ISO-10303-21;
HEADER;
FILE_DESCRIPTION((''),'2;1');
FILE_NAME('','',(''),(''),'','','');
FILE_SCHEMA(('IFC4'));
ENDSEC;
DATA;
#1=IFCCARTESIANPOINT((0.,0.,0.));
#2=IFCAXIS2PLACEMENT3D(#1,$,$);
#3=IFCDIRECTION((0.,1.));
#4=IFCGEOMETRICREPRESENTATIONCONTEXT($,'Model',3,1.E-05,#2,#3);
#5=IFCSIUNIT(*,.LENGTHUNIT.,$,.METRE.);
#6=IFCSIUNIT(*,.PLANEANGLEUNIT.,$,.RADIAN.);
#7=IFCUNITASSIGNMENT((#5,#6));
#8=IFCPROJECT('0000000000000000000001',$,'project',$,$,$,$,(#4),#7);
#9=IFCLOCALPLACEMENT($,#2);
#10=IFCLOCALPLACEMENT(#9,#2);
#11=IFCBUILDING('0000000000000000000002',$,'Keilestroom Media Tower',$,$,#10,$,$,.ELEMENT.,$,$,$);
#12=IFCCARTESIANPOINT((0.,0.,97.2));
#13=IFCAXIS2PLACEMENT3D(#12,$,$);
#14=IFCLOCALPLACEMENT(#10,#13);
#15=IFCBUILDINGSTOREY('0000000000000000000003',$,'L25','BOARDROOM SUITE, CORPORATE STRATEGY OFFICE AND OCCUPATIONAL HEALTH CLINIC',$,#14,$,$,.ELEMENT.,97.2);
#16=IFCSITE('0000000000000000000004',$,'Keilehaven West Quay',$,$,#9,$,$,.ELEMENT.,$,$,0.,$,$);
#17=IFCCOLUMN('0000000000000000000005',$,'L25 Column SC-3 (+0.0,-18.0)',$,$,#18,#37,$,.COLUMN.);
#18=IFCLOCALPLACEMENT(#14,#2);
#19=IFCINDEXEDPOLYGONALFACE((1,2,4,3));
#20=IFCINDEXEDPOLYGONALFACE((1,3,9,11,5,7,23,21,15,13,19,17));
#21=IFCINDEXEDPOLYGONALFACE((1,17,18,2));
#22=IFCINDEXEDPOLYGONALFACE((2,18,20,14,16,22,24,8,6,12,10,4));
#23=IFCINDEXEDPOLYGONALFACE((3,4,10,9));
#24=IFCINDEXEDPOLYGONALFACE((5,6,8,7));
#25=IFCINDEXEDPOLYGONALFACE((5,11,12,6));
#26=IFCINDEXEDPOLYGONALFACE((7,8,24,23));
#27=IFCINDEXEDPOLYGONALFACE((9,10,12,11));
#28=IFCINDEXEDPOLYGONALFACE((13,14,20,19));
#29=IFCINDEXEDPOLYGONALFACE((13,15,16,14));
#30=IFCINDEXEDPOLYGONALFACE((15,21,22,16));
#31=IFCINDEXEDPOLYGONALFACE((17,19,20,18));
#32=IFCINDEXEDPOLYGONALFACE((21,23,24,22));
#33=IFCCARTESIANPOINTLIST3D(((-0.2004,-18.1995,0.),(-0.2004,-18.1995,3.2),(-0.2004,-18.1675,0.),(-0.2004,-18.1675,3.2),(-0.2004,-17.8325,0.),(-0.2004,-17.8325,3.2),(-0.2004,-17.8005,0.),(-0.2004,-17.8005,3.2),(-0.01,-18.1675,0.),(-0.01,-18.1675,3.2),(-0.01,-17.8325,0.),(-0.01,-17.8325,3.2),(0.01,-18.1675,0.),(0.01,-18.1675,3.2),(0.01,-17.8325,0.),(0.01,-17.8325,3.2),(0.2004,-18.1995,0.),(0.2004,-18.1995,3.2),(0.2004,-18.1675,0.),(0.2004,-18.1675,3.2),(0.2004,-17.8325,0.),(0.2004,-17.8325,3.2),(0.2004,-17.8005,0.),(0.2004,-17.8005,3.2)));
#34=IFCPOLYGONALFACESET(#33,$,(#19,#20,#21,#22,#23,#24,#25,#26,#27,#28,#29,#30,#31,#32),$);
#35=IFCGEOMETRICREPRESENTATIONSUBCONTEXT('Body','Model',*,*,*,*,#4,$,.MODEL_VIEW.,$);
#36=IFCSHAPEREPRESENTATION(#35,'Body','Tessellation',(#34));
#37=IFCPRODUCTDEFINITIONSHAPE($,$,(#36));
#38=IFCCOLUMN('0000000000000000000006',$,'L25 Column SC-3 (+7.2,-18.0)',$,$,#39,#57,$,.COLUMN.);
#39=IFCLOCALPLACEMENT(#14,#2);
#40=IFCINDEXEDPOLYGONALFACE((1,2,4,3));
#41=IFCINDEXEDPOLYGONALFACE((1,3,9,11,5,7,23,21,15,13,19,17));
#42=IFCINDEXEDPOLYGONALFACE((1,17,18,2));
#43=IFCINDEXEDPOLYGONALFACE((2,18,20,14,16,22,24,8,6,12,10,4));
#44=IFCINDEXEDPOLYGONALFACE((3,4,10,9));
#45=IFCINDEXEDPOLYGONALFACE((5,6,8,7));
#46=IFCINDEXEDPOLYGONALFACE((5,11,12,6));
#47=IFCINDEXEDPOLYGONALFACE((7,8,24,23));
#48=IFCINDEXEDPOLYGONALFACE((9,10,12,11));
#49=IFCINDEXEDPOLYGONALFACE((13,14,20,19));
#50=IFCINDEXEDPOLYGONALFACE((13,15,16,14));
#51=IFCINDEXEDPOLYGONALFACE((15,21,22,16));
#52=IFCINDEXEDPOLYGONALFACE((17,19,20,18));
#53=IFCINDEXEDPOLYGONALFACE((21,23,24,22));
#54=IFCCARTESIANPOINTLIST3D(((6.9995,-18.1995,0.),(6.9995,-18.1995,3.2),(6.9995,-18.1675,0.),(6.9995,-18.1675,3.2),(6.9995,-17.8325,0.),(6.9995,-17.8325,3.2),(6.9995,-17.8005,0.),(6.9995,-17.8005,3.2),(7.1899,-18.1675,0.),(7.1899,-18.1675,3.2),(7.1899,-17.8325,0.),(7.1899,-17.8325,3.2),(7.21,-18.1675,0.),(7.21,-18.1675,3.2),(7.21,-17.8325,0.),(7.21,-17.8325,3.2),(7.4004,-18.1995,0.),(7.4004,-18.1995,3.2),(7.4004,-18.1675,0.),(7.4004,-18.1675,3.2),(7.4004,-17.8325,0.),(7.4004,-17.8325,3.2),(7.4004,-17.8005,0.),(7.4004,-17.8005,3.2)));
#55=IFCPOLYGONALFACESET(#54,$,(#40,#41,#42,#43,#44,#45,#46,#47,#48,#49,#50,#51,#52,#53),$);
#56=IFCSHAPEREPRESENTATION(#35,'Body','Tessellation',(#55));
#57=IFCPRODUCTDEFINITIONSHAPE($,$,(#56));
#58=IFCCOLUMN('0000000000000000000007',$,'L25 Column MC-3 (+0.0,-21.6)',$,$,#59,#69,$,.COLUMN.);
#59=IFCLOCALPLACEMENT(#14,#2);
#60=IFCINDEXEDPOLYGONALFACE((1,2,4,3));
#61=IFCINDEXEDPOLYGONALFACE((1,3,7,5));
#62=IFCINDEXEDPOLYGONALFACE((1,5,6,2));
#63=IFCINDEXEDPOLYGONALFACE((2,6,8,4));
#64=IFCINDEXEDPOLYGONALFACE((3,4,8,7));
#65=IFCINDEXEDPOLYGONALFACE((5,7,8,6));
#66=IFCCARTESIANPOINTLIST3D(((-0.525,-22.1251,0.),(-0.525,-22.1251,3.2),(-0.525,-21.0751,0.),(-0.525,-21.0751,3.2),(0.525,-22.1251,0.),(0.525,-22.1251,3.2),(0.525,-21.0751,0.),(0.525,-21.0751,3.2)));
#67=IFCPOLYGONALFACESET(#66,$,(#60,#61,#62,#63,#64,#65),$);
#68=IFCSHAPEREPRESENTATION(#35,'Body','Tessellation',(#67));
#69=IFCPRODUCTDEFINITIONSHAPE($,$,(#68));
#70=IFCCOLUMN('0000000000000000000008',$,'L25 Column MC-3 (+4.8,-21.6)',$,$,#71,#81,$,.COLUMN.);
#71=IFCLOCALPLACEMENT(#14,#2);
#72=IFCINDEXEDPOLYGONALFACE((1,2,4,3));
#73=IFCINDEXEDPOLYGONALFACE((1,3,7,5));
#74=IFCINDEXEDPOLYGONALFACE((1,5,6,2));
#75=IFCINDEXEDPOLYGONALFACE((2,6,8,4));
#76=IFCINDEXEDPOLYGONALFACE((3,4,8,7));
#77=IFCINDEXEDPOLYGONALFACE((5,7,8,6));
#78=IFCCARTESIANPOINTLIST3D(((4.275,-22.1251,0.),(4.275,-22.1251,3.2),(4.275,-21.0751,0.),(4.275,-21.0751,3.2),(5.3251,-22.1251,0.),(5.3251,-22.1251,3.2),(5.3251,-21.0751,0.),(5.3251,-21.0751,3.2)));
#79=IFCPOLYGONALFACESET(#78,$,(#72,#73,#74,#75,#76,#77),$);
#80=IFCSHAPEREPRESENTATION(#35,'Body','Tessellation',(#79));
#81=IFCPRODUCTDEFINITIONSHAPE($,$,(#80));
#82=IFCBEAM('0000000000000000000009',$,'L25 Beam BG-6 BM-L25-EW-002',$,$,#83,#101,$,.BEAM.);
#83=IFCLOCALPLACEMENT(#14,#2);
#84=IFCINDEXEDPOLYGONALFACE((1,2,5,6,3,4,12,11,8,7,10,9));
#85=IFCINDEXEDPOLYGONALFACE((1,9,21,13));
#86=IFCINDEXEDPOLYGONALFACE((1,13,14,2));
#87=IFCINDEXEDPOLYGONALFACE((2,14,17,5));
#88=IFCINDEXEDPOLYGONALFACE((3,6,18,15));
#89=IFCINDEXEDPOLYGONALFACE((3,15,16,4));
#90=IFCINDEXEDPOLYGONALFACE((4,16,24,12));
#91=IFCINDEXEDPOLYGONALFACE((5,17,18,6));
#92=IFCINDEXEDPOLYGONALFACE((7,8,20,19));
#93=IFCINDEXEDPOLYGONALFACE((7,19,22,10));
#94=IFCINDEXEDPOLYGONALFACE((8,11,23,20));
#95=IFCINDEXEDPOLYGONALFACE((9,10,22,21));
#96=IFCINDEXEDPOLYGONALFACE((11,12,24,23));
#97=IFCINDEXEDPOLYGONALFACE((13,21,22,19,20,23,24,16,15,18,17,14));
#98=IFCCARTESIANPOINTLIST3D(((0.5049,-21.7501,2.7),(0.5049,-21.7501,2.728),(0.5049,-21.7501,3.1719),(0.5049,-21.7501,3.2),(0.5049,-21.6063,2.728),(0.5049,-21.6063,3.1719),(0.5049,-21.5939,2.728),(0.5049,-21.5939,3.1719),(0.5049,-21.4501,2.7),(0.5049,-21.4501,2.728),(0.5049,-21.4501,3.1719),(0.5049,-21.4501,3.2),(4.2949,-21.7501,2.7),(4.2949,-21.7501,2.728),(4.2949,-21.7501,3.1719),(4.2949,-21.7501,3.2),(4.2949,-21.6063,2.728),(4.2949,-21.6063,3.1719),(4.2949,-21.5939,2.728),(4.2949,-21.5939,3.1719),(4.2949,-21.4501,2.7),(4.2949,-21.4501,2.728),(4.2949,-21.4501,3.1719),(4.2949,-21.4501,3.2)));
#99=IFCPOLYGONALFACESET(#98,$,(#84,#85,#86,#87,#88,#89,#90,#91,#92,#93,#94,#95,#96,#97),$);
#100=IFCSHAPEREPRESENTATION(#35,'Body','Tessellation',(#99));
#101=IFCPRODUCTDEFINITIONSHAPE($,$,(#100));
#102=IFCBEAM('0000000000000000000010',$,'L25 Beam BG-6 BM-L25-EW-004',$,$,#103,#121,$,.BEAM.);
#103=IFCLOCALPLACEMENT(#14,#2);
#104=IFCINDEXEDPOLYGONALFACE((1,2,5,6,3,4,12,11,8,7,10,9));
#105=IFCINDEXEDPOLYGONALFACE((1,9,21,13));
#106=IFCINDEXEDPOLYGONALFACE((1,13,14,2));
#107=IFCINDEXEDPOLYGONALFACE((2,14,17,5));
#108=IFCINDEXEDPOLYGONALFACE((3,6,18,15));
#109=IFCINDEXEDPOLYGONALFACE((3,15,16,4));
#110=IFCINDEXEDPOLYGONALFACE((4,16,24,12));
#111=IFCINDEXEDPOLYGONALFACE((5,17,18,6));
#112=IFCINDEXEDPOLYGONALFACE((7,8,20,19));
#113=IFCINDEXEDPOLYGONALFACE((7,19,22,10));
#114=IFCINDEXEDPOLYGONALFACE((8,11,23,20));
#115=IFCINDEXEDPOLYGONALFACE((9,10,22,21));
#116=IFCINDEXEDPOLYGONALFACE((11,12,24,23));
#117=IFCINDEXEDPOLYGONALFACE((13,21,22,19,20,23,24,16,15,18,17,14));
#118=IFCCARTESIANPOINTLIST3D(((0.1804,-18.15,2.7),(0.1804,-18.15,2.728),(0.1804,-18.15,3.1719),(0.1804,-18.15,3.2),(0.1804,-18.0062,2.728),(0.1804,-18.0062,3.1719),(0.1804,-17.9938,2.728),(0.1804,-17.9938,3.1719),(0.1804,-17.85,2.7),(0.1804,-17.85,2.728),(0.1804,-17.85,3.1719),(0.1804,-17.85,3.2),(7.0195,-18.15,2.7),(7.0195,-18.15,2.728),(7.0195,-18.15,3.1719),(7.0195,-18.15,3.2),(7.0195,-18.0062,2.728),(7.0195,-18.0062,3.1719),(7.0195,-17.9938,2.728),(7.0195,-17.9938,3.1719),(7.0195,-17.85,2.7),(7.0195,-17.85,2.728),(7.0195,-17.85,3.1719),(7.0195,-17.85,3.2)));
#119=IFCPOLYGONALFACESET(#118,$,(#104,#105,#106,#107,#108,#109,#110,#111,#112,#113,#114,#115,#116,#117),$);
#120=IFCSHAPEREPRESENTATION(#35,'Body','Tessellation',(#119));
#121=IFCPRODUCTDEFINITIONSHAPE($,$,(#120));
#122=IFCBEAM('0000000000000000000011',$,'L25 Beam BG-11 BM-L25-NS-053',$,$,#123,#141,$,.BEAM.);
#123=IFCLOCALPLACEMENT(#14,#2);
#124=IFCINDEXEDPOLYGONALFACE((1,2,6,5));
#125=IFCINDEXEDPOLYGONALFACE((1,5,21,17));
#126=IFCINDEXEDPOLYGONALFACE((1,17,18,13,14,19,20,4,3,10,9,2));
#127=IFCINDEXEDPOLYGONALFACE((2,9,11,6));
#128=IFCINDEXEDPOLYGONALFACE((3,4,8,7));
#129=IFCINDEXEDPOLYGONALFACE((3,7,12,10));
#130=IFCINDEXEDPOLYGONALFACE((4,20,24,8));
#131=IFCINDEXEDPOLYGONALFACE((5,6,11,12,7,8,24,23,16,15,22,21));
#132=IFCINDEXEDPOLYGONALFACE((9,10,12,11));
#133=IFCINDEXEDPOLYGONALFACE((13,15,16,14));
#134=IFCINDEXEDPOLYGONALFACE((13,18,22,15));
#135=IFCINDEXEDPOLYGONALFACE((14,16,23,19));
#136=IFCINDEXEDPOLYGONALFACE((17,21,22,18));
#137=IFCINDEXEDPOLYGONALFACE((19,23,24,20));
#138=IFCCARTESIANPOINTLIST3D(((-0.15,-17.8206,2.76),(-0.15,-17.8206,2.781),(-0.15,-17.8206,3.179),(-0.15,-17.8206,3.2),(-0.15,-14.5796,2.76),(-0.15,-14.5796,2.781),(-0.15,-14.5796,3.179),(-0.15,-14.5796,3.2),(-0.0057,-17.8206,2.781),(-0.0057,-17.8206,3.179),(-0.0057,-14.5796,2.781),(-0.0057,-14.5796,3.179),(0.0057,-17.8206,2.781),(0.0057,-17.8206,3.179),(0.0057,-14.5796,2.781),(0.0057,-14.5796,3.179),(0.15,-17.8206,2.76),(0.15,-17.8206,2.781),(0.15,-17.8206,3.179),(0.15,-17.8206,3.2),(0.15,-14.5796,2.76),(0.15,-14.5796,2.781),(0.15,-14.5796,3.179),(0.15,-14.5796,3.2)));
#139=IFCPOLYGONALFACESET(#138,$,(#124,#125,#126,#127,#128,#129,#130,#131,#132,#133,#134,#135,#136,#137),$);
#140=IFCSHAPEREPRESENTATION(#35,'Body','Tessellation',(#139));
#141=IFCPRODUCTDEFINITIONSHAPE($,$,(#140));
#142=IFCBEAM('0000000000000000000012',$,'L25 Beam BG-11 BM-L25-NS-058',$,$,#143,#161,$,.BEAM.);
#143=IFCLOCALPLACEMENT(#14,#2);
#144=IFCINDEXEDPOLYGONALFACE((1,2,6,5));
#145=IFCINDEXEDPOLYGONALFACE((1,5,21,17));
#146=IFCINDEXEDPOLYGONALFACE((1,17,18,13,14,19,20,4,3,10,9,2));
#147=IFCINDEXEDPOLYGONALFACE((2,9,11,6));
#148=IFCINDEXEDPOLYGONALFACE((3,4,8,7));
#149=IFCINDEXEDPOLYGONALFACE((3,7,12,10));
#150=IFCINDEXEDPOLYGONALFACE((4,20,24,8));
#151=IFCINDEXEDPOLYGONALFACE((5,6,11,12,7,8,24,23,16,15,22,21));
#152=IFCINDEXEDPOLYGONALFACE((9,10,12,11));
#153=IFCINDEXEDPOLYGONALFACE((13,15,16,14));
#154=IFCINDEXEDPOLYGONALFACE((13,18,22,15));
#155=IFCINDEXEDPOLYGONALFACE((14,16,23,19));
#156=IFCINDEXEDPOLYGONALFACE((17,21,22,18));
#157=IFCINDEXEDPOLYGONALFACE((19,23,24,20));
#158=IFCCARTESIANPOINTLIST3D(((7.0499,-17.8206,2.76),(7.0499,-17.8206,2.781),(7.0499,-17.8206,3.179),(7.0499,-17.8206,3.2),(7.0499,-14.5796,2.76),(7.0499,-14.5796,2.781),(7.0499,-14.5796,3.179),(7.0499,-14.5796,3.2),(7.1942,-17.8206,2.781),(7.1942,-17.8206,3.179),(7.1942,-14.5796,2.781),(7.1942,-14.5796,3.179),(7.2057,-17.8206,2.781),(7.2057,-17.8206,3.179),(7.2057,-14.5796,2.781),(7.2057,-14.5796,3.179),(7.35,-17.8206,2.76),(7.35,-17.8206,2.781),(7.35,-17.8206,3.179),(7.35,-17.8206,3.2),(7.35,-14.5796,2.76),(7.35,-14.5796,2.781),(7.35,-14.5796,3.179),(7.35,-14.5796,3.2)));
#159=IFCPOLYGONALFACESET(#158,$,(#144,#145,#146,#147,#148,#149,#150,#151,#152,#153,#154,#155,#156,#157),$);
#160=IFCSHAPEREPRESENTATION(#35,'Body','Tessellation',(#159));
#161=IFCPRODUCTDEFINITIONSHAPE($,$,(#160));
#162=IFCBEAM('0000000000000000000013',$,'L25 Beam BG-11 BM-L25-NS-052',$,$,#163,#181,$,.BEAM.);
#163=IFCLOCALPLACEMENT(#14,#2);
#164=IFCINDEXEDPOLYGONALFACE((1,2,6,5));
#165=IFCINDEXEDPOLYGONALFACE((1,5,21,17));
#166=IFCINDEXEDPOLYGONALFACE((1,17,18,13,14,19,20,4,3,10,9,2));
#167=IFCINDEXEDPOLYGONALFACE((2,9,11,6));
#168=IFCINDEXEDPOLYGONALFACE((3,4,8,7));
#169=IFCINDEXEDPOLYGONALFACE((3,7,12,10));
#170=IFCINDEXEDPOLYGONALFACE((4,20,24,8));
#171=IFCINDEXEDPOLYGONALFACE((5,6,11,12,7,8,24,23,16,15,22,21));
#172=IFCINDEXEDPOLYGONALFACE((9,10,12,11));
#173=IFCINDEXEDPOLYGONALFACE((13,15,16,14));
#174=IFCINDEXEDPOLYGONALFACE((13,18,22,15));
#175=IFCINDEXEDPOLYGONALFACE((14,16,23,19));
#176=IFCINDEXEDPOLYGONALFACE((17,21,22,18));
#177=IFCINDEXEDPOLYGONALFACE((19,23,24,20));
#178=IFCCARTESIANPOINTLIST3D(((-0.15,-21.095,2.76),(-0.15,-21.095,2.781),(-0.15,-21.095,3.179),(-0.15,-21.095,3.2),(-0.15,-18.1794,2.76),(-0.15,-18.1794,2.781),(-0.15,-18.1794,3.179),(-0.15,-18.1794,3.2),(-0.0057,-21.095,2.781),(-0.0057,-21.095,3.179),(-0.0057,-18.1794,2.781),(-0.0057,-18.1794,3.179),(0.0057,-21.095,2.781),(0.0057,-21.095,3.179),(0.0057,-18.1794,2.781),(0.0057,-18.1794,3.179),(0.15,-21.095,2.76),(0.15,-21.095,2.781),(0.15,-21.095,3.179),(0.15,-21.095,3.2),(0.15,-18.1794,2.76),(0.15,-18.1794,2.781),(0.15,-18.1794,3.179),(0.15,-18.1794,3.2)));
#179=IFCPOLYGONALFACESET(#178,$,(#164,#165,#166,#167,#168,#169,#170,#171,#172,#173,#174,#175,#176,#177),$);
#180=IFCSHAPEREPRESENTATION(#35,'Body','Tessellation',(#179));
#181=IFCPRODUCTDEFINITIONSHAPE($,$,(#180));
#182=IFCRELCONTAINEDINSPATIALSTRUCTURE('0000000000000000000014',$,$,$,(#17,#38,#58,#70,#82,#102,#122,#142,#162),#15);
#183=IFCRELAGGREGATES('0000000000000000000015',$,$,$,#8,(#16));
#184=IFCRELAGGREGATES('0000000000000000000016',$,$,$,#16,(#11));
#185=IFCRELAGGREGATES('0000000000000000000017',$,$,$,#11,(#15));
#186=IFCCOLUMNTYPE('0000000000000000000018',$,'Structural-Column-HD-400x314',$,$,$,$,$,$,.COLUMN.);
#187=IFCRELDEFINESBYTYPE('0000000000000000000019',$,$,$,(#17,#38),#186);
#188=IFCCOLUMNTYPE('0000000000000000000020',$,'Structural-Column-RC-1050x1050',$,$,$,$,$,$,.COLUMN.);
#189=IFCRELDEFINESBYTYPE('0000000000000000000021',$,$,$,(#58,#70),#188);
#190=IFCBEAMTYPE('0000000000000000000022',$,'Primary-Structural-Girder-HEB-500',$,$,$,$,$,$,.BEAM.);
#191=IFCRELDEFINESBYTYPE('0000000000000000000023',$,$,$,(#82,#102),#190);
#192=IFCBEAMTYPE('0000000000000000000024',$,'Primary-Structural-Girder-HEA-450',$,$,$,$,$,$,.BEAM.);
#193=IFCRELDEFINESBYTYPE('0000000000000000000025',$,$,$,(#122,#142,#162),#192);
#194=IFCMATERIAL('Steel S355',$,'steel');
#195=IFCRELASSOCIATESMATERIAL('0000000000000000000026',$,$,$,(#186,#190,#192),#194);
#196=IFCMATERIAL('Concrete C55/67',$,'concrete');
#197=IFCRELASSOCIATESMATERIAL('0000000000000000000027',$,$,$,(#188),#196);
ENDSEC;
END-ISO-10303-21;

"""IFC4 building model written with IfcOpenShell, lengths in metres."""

from ifc_helpers import new_model, si_unit, direction, frame, origin, origin_2d, place, context, subcontext, project, spatial, rectangle, i_section, extrude, source, transform, mapped, material, material_profile, profile_set, type_object, element, save


model = new_model("IFC4")

# Units and contexts
model_context = context("Model", 3, precision=1e-05, world=origin(), true_north=direction((0.0, 1.0)))
body_context = subcontext(model_context, "Body", "Model", "MODEL_VIEW")
ifc_project = project(units=[si_unit("LENGTHUNIT", "METRE"), si_unit("PLANEANGLEUNIT", "RADIAN")], contexts=[model_context])

# Site, building, storey
site_placement = place(None, origin())
site = spatial("IfcSite", under=ifc_project, at=site_placement, Name="Keilehaven West Quay", CompositionType="ELEMENT", RefElevation=0.0)
building_placement = place(site_placement, origin())
building = spatial("IfcBuilding", under=site, at=building_placement, Name="Keilestroom Media Tower", CompositionType="ELEMENT")
storey_placement = place(building_placement, frame((0.0, 0.0, 97.2)))
storey = spatial("IfcBuildingStorey", under=building, at=storey_placement, Name="L25", Description="BOARDROOM SUITE, CORPORATE STRATEGY OFFICE AND OCCUPATIONAL HEALTH CLINIC", CompositionType="ELEMENT", Elevation=97.2)

# Columns
ifc_material_1 = material(Name="Steel S355", Category="steel")
ifc_material_profile_1 = material_profile(ifc_material_1, i_section(OverallWidth=0.4009, OverallDepth=0.3989, WebThickness=0.02, FlangeThickness=0.032, at=origin_2d()), Name="HD 400x314")
ifc_profile_set_1 = profile_set([ifc_material_profile_1], Name="Steel S355")
column_type_1 = type_object("IfcColumnType", Name="Structural-Column-HD-400x314", PredefinedType="COLUMN", material=ifc_profile_set_1)
shared_shape_1 = source(origin(), body_context, "Body", "SweptSolid", [
    extrude(i_section(OverallWidth=0.4009, OverallDepth=0.3989, WebThickness=0.02, FlangeThickness=0.032, at=origin_2d()), origin(), (0.0, 0.0, 1.0), 3.2),
])
for number, where, z_axis, x_axis, name in (
    (1, (0.0, -18.0, 0.0), (0.0, 0.0, 1.0), (1.0, 0.0, 0.0), "L25 Column SC-3 (+0.0,-18.0)"),
    (2, (7.2, -18.0, 0.0), (0.0, 0.0, 1.0), (1.0, 0.0, 0.0), "L25 Column SC-3 (+7.2,-18.0)"),
):
    element("IfcColumn", number, at=place(storey_placement, frame(where, z_axis=z_axis, x_axis=x_axis)), inside=storey, type_object=column_type_1, Name=name, PredefinedType="COLUMN", context=body_context, shape_type="MappedRepresentation", body=[
        mapped(shared_shape_1, transform((0.0, 0.0, 0.0), x_axis=(1.0, 0.0, 0.0), y_axis=(0.0, 1.0, 0.0), z_axis=(0.0, 0.0, 1.0), scale=1.0)),
    ])
ifc_material_2 = material(Name="Concrete C55/67", Category="concrete")
ifc_material_profile_2 = material_profile(ifc_material_2, rectangle(XDim=1.05, YDim=1.05, at=origin_2d()), Name="RC 1050x1050")
ifc_profile_set_2 = profile_set([ifc_material_profile_2], Name="Concrete C55/67")
column_type_2 = type_object("IfcColumnType", Name="Structural-Column-RC-1050x1050", PredefinedType="COLUMN", material=ifc_profile_set_2)
shared_shape_2 = source(origin(), body_context, "Body", "SweptSolid", [
    extrude(rectangle(XDim=1.05, YDim=1.05, at=origin_2d()), origin(), (0.0, 0.0, 1.0), 3.2),
])
for number, where, z_axis, x_axis, name in (
    (3, (0.0, -21.6001, 0.0), (0.0, 0.0, 1.0), (1.0, 0.0, 0.0), "L25 Column MC-3 (+0.0,-21.6)"),
    (4, (4.8, -21.6001, 0.0), (0.0, 0.0, 1.0), (1.0, 0.0, 0.0), "L25 Column MC-3 (+4.8,-21.6)"),
):
    element("IfcColumn", number, at=place(storey_placement, frame(where, z_axis=z_axis, x_axis=x_axis)), inside=storey, type_object=column_type_2, Name=name, PredefinedType="COLUMN", context=body_context, shape_type="MappedRepresentation", body=[
        mapped(shared_shape_2, transform((0.0, 0.0, 0.0), x_axis=(1.0, 0.0, 0.0), y_axis=(0.0, 1.0, 0.0), z_axis=(0.0, 0.0, 1.0), scale=1.0)),
    ])

# Beams
ifc_material_profile_3 = material_profile(ifc_material_1, i_section(OverallWidth=0.3, OverallDepth=0.5, WebThickness=0.0125, FlangeThickness=0.0281, at=origin_2d()), Name="HEB 500")
ifc_profile_set_3 = profile_set([ifc_material_profile_3], Name="Steel S355")
beam_type_1 = type_object("IfcBeamType", Name="Primary-Structural-Girder-HEB-500", PredefinedType="BEAM", material=ifc_profile_set_3)
shared_shape_3 = source(origin(), body_context, "Body", "SweptSolid", [
    extrude(i_section(OverallWidth=0.3, OverallDepth=0.5, WebThickness=0.0125, FlangeThickness=0.0281, at=origin_2d()), origin(), (0.0, 0.0, 1.0), 3.79),
])
beam_1_placement = place(storey_placement, frame((0.5049, -21.6001, 2.95), z_axis=(1.0, 0.0, 0.0), x_axis=(0.0, 1.0, 0.0)))
element("IfcBeam", 5, at=beam_1_placement, inside=storey, type_object=beam_type_1, Name="L25 Beam BG-6 BM-L25-EW-002", PredefinedType="BEAM", context=body_context, shape_type="MappedRepresentation", body=[
    mapped(shared_shape_3, transform((0.0, 0.0, 0.0), x_axis=(1.0, 0.0, 0.0), y_axis=(0.0, 1.0, 0.0), z_axis=(0.0, 0.0, 1.0), scale=1.0)),
])
shared_shape_4 = source(origin(), body_context, "Body", "SweptSolid", [
    extrude(i_section(OverallWidth=0.3, OverallDepth=0.5, WebThickness=0.0125, FlangeThickness=0.0281, at=origin_2d()), origin(), (0.0, 0.0, 1.0), 6.8391),
])
beam_2_placement = place(storey_placement, frame((0.1804, -18.0, 2.95), z_axis=(1.0, 0.0, 0.0), x_axis=(0.0, 1.0, 0.0)))
element("IfcBeam", 6, at=beam_2_placement, inside=storey, type_object=beam_type_1, Name="L25 Beam BG-6 BM-L25-EW-004", PredefinedType="BEAM", context=body_context, shape_type="MappedRepresentation", body=[
    mapped(shared_shape_4, transform((0.0, 0.0, 0.0), x_axis=(1.0, 0.0, 0.0), y_axis=(0.0, 1.0, 0.0), z_axis=(0.0, 0.0, 1.0), scale=1.0)),
])
ifc_material_profile_4 = material_profile(ifc_material_1, i_section(OverallWidth=0.3, OverallDepth=0.4399, WebThickness=0.0115, FlangeThickness=0.021, at=origin_2d()), Name="HEA 450")
ifc_profile_set_4 = profile_set([ifc_material_profile_4], Name="Steel S355")
beam_type_2 = type_object("IfcBeamType", Name="Primary-Structural-Girder-HEA-450", PredefinedType="BEAM", material=ifc_profile_set_4)
shared_shape_5 = source(origin(), body_context, "Body", "SweptSolid", [
    extrude(i_section(OverallWidth=0.3, OverallDepth=0.4399, WebThickness=0.0115, FlangeThickness=0.021, at=origin_2d()), origin(), (0.0, 0.0, 1.0), 3.241),
])
for number, where, z_axis, x_axis, name in (
    (7, (0.0, -17.8206, 2.98), (0.0, 1.0, 0.0), (-1.0, 0.0, 0.0), "L25 Beam BG-11 BM-L25-NS-053"),
    (8, (7.2, -17.8206, 2.98), (0.0, 1.0, 0.0), (-1.0, 0.0, 0.0), "L25 Beam BG-11 BM-L25-NS-058"),
):
    element("IfcBeam", number, at=place(storey_placement, frame(where, z_axis=z_axis, x_axis=x_axis)), inside=storey, type_object=beam_type_2, Name=name, PredefinedType="BEAM", context=body_context, shape_type="MappedRepresentation", body=[
        mapped(shared_shape_5, transform((0.0, 0.0, 0.0), x_axis=(1.0, 0.0, 0.0), y_axis=(0.0, 1.0, 0.0), z_axis=(0.0, 0.0, 1.0), scale=1.0)),
    ])
shared_shape_6 = source(origin(), body_context, "Body", "SweptSolid", [
    extrude(i_section(OverallWidth=0.3, OverallDepth=0.4399, WebThickness=0.0115, FlangeThickness=0.021, at=origin_2d()), origin(), (0.0, 0.0, 1.0), 2.9155),
])
beam_3_placement = place(storey_placement, frame((0.0, -21.095, 2.98), z_axis=(0.0, 1.0, 0.0), x_axis=(-1.0, 0.0, 0.0)))
element("IfcBeam", 9, at=beam_3_placement, inside=storey, type_object=beam_type_2, Name="L25 Beam BG-11 BM-L25-NS-052", PredefinedType="BEAM", context=body_context, shape_type="MappedRepresentation", body=[
    mapped(shared_shape_6, transform((0.0, 0.0, 0.0), x_axis=(1.0, 0.0, 0.0), y_axis=(0.0, 1.0, 0.0), z_axis=(0.0, 0.0, 1.0), scale=1.0)),
])

save(model, "model.ifc")
